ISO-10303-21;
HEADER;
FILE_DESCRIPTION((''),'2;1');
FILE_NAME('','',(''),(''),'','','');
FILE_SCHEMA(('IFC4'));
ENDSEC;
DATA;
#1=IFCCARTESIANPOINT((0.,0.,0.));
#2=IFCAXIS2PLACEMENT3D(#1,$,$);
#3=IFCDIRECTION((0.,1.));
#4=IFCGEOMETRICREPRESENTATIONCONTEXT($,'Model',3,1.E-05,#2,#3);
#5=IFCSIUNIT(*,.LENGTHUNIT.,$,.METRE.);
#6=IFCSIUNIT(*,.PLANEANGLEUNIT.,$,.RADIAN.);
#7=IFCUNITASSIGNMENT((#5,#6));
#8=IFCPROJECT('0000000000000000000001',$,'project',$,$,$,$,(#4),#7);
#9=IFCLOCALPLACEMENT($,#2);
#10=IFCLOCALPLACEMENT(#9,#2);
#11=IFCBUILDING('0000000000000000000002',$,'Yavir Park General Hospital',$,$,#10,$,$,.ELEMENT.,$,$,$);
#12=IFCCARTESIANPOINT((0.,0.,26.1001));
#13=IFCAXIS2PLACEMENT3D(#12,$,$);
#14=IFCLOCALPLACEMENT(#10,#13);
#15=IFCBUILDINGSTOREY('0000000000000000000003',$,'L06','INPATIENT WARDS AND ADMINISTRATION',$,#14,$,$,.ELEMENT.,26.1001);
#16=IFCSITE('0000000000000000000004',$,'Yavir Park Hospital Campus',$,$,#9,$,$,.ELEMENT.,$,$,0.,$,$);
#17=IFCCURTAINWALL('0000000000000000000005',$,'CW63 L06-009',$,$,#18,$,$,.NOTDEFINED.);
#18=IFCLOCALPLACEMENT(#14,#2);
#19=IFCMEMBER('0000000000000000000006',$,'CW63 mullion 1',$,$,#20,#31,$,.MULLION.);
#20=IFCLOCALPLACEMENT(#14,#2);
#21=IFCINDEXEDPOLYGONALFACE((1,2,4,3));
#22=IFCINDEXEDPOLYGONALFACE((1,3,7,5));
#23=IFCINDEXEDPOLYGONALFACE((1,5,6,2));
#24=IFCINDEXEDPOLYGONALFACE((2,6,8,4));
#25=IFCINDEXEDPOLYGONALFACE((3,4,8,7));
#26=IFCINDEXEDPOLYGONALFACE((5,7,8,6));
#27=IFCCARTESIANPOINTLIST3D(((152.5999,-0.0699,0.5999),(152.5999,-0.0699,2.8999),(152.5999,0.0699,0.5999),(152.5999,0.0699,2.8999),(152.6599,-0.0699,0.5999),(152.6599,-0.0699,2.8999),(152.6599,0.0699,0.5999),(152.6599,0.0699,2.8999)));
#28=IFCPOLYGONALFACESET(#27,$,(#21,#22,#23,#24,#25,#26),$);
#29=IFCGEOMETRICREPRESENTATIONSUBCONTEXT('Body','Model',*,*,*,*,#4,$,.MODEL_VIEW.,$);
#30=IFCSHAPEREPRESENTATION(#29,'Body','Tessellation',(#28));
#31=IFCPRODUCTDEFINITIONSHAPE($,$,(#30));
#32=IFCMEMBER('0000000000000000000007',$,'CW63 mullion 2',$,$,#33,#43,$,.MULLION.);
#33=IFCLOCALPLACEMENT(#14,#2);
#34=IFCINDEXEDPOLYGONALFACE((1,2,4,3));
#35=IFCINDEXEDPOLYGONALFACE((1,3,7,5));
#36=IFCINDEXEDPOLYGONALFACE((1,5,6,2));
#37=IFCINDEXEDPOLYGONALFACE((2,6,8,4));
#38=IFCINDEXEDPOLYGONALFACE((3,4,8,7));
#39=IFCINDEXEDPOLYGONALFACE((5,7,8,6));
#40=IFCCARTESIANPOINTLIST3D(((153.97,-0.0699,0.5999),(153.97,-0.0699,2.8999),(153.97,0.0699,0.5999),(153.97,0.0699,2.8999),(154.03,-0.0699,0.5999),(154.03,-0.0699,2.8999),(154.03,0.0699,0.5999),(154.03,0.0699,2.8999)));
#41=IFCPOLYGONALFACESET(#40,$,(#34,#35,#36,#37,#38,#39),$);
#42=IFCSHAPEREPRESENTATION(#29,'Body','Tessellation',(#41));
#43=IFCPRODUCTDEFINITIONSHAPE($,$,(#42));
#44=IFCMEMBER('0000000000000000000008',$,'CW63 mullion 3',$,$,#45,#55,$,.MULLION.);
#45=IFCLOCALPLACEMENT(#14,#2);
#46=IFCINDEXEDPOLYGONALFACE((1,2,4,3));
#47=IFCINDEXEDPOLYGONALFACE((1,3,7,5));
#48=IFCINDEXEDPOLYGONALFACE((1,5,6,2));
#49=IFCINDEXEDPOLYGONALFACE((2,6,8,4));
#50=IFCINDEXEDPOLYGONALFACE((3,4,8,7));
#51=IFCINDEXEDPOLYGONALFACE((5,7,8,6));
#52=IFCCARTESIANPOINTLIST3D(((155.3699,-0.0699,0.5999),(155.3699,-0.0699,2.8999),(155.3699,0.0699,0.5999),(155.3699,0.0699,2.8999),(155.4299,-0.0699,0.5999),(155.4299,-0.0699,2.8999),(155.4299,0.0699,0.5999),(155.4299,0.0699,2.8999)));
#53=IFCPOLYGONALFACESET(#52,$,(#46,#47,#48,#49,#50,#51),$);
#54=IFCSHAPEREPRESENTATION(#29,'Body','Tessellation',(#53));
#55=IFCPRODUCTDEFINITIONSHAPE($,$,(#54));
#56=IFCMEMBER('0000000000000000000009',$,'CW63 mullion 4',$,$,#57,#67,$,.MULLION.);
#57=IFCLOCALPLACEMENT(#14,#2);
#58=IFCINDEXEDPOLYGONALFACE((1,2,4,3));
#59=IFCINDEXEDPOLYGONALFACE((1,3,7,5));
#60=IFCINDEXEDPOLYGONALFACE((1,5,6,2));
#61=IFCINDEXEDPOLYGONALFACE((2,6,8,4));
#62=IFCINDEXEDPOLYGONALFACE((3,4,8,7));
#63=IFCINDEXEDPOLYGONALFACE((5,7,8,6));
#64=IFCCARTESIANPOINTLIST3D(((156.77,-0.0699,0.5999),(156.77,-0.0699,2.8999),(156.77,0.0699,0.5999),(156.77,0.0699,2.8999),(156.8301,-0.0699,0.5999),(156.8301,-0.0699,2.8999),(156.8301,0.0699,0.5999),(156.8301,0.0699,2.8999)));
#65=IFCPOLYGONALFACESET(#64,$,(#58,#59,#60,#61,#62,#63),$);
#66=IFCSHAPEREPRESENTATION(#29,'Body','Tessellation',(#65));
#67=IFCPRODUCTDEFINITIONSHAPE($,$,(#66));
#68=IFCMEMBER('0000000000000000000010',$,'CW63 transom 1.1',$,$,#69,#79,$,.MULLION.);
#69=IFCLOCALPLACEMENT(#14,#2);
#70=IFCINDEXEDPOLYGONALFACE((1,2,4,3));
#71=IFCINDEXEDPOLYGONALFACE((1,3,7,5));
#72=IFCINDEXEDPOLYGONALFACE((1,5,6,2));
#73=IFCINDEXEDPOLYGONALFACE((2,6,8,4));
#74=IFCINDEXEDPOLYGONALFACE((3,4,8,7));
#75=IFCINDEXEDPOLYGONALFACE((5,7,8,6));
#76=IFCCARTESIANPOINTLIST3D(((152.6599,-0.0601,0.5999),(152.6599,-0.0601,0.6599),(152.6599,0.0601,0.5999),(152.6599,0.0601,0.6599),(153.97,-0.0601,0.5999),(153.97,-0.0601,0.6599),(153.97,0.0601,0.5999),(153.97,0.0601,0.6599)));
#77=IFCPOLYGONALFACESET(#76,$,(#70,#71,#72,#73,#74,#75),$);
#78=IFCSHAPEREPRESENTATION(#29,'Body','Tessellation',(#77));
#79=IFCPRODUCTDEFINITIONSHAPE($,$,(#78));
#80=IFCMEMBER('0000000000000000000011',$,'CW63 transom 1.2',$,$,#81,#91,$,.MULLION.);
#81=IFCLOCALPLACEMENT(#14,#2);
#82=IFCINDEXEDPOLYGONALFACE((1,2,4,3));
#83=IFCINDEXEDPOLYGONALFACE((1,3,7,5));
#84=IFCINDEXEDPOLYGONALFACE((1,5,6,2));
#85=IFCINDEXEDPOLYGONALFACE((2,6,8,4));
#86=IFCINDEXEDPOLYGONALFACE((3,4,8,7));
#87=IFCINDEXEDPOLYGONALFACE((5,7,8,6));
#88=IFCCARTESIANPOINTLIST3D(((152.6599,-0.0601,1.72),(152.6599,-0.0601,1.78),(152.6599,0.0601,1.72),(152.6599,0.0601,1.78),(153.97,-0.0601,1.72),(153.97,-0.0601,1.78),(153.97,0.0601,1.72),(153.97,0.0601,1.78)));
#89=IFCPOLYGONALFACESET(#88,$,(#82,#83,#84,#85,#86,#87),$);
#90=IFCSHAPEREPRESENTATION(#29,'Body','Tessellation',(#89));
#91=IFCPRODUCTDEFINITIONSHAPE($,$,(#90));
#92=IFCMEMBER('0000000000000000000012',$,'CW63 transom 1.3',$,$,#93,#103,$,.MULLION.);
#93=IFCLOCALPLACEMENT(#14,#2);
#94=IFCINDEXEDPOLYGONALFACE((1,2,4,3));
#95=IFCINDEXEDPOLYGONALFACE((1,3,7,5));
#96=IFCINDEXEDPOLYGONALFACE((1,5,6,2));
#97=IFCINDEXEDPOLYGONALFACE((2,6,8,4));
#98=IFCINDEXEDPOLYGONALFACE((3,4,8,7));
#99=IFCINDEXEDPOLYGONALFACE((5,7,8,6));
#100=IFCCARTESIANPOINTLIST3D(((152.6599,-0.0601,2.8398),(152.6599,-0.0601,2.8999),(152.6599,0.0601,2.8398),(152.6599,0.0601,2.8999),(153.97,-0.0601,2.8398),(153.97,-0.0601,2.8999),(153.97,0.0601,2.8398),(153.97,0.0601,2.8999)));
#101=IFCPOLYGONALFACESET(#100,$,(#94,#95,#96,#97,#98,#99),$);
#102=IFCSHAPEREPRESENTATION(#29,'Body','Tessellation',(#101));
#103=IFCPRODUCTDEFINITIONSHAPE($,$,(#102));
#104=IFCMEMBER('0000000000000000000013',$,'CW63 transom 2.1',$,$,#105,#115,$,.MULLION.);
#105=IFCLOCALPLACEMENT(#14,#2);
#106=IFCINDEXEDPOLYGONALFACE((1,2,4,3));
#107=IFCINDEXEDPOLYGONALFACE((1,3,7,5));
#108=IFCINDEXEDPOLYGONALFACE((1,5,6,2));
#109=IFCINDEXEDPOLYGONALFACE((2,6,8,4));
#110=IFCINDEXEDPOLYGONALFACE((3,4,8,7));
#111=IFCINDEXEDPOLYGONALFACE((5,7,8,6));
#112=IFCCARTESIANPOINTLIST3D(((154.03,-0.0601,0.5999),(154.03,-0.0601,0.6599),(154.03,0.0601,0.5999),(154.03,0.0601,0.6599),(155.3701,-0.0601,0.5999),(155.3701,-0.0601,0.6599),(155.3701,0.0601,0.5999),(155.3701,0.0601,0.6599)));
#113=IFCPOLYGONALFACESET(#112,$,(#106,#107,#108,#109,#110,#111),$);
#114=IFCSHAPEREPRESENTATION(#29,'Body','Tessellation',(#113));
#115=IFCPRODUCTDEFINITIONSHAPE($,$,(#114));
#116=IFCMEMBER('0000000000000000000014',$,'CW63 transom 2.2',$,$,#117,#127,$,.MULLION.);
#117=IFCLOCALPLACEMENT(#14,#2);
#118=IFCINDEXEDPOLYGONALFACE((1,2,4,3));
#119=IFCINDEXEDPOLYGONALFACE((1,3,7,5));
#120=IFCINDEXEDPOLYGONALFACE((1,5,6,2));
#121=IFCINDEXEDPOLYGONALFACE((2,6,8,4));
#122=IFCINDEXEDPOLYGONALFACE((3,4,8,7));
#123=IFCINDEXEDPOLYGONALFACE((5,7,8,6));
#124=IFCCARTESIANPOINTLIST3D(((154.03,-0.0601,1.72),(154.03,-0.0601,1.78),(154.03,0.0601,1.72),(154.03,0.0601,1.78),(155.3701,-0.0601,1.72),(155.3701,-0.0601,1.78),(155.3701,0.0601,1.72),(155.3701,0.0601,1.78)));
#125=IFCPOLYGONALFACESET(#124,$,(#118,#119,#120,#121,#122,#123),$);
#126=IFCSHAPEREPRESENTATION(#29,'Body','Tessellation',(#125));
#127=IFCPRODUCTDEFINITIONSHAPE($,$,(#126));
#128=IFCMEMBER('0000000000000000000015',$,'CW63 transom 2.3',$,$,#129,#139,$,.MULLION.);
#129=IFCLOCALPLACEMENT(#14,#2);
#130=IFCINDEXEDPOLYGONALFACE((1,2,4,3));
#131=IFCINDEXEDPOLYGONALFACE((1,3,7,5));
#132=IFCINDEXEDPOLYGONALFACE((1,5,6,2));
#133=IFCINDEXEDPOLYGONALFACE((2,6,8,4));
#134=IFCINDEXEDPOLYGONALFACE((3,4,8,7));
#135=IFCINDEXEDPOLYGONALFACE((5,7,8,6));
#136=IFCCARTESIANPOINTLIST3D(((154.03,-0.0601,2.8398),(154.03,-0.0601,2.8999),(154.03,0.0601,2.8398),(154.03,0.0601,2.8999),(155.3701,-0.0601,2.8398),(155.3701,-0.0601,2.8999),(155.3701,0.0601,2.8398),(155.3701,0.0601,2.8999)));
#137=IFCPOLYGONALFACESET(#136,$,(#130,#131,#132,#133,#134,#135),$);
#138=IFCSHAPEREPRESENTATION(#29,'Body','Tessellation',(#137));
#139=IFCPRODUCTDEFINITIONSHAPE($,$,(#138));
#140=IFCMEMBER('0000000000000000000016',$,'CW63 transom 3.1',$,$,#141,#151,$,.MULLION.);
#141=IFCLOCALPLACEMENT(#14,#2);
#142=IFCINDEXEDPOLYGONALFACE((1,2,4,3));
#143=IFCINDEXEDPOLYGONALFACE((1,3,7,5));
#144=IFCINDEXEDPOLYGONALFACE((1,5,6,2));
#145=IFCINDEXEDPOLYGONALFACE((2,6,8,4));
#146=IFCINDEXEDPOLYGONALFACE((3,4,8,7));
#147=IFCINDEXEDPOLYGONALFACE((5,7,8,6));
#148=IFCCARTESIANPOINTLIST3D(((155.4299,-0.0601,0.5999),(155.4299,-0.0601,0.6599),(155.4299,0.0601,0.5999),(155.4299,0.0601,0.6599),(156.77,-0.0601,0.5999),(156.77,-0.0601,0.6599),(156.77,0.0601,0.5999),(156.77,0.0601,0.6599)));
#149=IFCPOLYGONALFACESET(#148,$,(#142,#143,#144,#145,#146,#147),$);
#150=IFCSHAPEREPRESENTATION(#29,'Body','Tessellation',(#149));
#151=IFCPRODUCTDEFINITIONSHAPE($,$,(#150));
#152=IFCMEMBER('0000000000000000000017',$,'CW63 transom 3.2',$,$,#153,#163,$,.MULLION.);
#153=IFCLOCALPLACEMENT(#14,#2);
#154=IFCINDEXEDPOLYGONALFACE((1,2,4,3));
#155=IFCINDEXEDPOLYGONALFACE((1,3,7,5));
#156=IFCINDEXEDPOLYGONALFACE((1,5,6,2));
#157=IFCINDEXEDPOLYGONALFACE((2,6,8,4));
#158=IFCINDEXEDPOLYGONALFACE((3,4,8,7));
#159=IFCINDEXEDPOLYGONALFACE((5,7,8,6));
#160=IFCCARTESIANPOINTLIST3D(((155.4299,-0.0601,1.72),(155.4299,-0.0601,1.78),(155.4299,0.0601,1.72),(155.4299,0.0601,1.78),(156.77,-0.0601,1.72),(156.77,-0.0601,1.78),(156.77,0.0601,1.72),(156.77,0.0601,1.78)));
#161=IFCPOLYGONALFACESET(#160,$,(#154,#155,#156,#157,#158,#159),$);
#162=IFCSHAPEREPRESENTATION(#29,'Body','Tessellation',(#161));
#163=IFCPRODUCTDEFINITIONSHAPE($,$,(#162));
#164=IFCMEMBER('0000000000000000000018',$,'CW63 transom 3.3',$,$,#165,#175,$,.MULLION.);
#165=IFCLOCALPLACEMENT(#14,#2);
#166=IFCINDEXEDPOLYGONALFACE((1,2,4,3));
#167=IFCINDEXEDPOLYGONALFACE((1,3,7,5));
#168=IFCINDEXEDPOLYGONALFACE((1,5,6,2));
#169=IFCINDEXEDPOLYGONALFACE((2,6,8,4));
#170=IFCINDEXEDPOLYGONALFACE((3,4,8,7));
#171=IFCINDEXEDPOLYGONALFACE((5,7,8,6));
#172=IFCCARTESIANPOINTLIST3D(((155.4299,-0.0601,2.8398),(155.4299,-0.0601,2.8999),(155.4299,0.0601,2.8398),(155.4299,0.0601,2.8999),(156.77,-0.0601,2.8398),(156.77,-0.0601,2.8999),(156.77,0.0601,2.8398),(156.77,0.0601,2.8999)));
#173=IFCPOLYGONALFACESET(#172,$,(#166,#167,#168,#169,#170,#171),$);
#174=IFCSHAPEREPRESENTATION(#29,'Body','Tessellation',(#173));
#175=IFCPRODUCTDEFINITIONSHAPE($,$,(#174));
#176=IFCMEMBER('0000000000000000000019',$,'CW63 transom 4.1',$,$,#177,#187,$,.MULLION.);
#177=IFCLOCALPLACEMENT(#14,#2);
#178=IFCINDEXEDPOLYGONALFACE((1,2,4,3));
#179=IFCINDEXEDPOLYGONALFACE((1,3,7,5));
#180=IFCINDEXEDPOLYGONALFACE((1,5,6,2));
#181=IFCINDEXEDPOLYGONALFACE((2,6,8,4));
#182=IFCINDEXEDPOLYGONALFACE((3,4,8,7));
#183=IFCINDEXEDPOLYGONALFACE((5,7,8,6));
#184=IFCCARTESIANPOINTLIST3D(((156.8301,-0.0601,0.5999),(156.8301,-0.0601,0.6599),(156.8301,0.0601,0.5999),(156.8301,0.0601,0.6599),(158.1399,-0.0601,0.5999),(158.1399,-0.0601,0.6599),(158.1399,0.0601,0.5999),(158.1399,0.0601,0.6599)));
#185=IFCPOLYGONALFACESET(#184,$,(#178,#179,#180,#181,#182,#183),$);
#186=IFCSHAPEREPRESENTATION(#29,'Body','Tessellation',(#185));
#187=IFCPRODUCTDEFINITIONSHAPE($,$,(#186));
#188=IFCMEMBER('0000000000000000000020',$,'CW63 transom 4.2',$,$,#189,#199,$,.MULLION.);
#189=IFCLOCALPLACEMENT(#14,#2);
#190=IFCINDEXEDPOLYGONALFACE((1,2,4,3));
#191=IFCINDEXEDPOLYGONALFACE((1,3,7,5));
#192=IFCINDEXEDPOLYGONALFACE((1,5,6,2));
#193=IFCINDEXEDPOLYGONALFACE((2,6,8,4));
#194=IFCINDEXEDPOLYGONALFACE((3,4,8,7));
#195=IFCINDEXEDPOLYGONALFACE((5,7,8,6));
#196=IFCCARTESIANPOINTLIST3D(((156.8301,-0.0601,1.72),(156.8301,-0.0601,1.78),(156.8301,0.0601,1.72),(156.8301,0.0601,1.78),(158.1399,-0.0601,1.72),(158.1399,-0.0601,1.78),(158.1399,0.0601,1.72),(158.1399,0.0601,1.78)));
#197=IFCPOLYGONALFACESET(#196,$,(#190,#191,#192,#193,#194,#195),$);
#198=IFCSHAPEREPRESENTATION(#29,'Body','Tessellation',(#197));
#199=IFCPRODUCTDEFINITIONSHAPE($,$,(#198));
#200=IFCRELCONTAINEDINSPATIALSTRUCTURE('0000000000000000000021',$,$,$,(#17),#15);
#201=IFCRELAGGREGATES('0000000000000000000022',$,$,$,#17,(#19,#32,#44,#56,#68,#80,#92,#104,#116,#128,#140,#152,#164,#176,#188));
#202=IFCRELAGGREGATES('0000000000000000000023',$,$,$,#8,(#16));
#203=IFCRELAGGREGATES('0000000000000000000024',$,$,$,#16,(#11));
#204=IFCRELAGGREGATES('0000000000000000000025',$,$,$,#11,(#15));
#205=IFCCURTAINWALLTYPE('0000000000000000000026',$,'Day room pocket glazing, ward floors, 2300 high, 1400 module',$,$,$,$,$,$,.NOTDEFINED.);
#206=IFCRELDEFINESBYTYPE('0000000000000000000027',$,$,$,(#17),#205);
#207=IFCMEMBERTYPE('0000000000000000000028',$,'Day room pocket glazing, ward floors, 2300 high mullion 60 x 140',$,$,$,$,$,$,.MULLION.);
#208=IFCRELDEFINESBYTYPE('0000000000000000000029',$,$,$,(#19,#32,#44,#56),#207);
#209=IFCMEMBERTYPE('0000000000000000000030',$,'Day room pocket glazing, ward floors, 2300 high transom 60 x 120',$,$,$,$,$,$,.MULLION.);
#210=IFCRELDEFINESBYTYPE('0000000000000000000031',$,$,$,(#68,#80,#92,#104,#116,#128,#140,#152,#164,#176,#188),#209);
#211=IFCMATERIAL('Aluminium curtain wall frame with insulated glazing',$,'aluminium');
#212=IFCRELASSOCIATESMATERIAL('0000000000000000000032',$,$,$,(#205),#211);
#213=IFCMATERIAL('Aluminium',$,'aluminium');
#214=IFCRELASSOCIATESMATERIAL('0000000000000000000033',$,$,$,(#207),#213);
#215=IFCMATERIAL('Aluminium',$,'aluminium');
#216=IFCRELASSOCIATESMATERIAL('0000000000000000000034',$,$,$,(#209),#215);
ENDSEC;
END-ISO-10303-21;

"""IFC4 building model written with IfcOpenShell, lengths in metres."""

from ifc_helpers import new_model, si_unit, direction, frame, origin, origin_2d, place, context, subcontext, project, spatial, rectangle, extrude, material, material_profile, profile_set, type_object, element, aggregate, save


model = new_model("IFC4")

# Units and contexts
model_context = context("Model", 3, precision=1e-05, world=origin(), true_north=direction((0.0, 1.0)))
body_context = subcontext(model_context, "Body", "Model", "MODEL_VIEW")
ifc_project = project(units=[si_unit("LENGTHUNIT", "METRE"), si_unit("PLANEANGLEUNIT", "RADIAN")], contexts=[model_context])

# Site, building, storey
site_placement = place(None, origin())
site = spatial("IfcSite", under=ifc_project, at=site_placement, Name="Yavir Park Hospital Campus", CompositionType="ELEMENT", RefElevation=0.0)
building_placement = place(site_placement, origin())
building = spatial("IfcBuilding", under=site, at=building_placement, Name="Yavir Park General Hospital", CompositionType="ELEMENT")
storey_placement = place(building_placement, frame((0.0, 0.0, 26.1001)))
storey = spatial("IfcBuildingStorey", under=building, at=storey_placement, Name="L06", Description="INPATIENT WARDS AND ADMINISTRATION", CompositionType="ELEMENT", Elevation=26.1001)

# Curtain wall, members
ifc_material_1 = material(Name="Aluminium curtain wall frame with insulated glazing", Category="aluminium")
curtain_wall_type = type_object("IfcCurtainWallType", Name="Day room pocket glazing, ward floors, 2300 high, 1400 module", PredefinedType="NOTDEFINED", material=ifc_material_1)
curtain_wall_placement = place(storey_placement, origin())
curtain_wall = element("IfcCurtainWall", 1, at=curtain_wall_placement, inside=storey, type_object=curtain_wall_type, Name="CW63 L06-009", PredefinedType="NOTDEFINED")
ifc_material_2 = material(Name="Aluminium", Category="aluminium")
ifc_material_profile_1 = material_profile(ifc_material_2, rectangle(XDim=0.1399, YDim=0.0601, at=origin_2d()), Name="AL 60x140")
ifc_profile_set_1 = profile_set([ifc_material_profile_1], Name="Aluminium")
member_type_1 = type_object("IfcMemberType", Name="Day room pocket glazing, ward floors, 2300 high mullion 60 x 140", PredefinedType="MULLION", material=ifc_profile_set_1)
member_1_placement = place(storey_placement, frame((152.6299, 0.0, 0.5999), z_axis=(0.0, 0.0, 1.0), x_axis=(0.0, 1.0, 0.0)))
member_1 = element("IfcMember", 2, at=member_1_placement, type_object=member_type_1, Name="CW63 mullion 1", PredefinedType="MULLION", context=body_context, shape_type="SweptSolid", body=[
    extrude(rectangle(XDim=0.1399, YDim=0.0601, at=origin_2d()), origin(), (0.0, 0.0, 1.0), 2.3),
])
member_2_placement = place(storey_placement, frame((154.0, 0.0, 0.5999), z_axis=(0.0, 0.0, 1.0), x_axis=(0.0, 1.0, 0.0)))
member_2 = element("IfcMember", 3, at=member_2_placement, type_object=member_type_1, Name="CW63 mullion 2", PredefinedType="MULLION", context=body_context, shape_type="SweptSolid", body=[
    extrude(rectangle(XDim=0.1399, YDim=0.0601, at=origin_2d()), origin(), (0.0, 0.0, 1.0), 2.3),
])
member_3_placement = place(storey_placement, frame((155.3999, 0.0, 0.5999), z_axis=(0.0, 0.0, 1.0), x_axis=(0.0, 1.0, 0.0)))
member_3 = element("IfcMember", 4, at=member_3_placement, type_object=member_type_1, Name="CW63 mullion 3", PredefinedType="MULLION", context=body_context, shape_type="SweptSolid", body=[
    extrude(rectangle(XDim=0.1399, YDim=0.0601, at=origin_2d()), origin(), (0.0, 0.0, 1.0), 2.3),
])
member_4_placement = place(storey_placement, frame((156.8, 0.0, 0.5999), z_axis=(0.0, 0.0, 1.0), x_axis=(0.0, 1.0, 0.0)))
member_4 = element("IfcMember", 5, at=member_4_placement, type_object=member_type_1, Name="CW63 mullion 4", PredefinedType="MULLION", context=body_context, shape_type="SweptSolid", body=[
    extrude(rectangle(XDim=0.1399, YDim=0.0601, at=origin_2d()), origin(), (0.0, 0.0, 1.0), 2.3),
])
ifc_material_3 = material(Name="Aluminium", Category="aluminium")
ifc_material_profile_2 = material_profile(ifc_material_3, rectangle(XDim=0.1201, YDim=0.0601, at=origin_2d()), Name="AL 120x60")
ifc_profile_set_2 = profile_set([ifc_material_profile_2], Name="Aluminium")
member_type_2 = type_object("IfcMemberType", Name="Day room pocket glazing, ward floors, 2300 high transom 60 x 120", PredefinedType="MULLION", material=ifc_profile_set_2)
member_5_placement = place(storey_placement, frame((152.6599, 0.0, 0.6299), z_axis=(1.0, 0.0, 0.0), x_axis=(0.0, 1.0, 0.0)))
member_5 = element("IfcMember", 6, at=member_5_placement, type_object=member_type_2, Name="CW63 transom 1.1", PredefinedType="MULLION", context=body_context, shape_type="SweptSolid", body=[
    extrude(rectangle(XDim=0.1201, YDim=0.0601, at=origin_2d()), origin(), (0.0, 0.0, 1.0), 1.3101),
])
member_6_placement = place(storey_placement, frame((152.6599, 0.0, 1.75), z_axis=(1.0, 0.0, 0.0), x_axis=(0.0, 1.0, 0.0)))
member_6 = element("IfcMember", 7, at=member_6_placement, type_object=member_type_2, Name="CW63 transom 1.2", PredefinedType="MULLION", context=body_context, shape_type="SweptSolid", body=[
    extrude(rectangle(XDim=0.1201, YDim=0.0601, at=origin_2d()), origin(), (0.0, 0.0, 1.0), 1.3101),
])
member_7_placement = place(storey_placement, frame((152.6599, 0.0, 2.8699), z_axis=(1.0, 0.0, 0.0), x_axis=(0.0, 1.0, 0.0)))
member_7 = element("IfcMember", 8, at=member_7_placement, type_object=member_type_2, Name="CW63 transom 1.3", PredefinedType="MULLION", context=body_context, shape_type="SweptSolid", body=[
    extrude(rectangle(XDim=0.1201, YDim=0.0601, at=origin_2d()), origin(), (0.0, 0.0, 1.0), 1.3101),
])
member_8_placement = place(storey_placement, frame((154.03, 0.0, 0.6299), z_axis=(1.0, 0.0, 0.0), x_axis=(0.0, 1.0, 0.0)))
member_8 = element("IfcMember", 9, at=member_8_placement, type_object=member_type_2, Name="CW63 transom 2.1", PredefinedType="MULLION", context=body_context, shape_type="SweptSolid", body=[
    extrude(rectangle(XDim=0.1201, YDim=0.0601, at=origin_2d()), origin(), (0.0, 0.0, 1.0), 1.3401),
])
member_9_placement = place(storey_placement, frame((154.03, 0.0, 1.75), z_axis=(1.0, 0.0, 0.0), x_axis=(0.0, 1.0, 0.0)))
member_9 = element("IfcMember", 10, at=member_9_placement, type_object=member_type_2, Name="CW63 transom 2.2", PredefinedType="MULLION", context=body_context, shape_type="SweptSolid", body=[
    extrude(rectangle(XDim=0.1201, YDim=0.0601, at=origin_2d()), origin(), (0.0, 0.0, 1.0), 1.3401),
])
member_10_placement = place(storey_placement, frame((154.03, 0.0, 2.8699), z_axis=(1.0, 0.0, 0.0), x_axis=(0.0, 1.0, 0.0)))
member_10 = element("IfcMember", 11, at=member_10_placement, type_object=member_type_2, Name="CW63 transom 2.3", PredefinedType="MULLION", context=body_context, shape_type="SweptSolid", body=[
    extrude(rectangle(XDim=0.1201, YDim=0.0601, at=origin_2d()), origin(), (0.0, 0.0, 1.0), 1.3401),
])
member_11_placement = place(storey_placement, frame((155.4299, 0.0, 0.6299), z_axis=(1.0, 0.0, 0.0), x_axis=(0.0, 1.0, 0.0)))
member_11 = element("IfcMember", 12, at=member_11_placement, type_object=member_type_2, Name="CW63 transom 3.1", PredefinedType="MULLION", context=body_context, shape_type="SweptSolid", body=[
    extrude(rectangle(XDim=0.1201, YDim=0.0601, at=origin_2d()), origin(), (0.0, 0.0, 1.0), 1.3401),
])
member_12_placement = place(storey_placement, frame((155.4299, 0.0, 1.75), z_axis=(1.0, 0.0, 0.0), x_axis=(0.0, 1.0, 0.0)))
member_12 = element("IfcMember", 13, at=member_12_placement, type_object=member_type_2, Name="CW63 transom 3.2", PredefinedType="MULLION", context=body_context, shape_type="SweptSolid", body=[
    extrude(rectangle(XDim=0.1201, YDim=0.0601, at=origin_2d()), origin(), (0.0, 0.0, 1.0), 1.3401),
])
member_13_placement = place(storey_placement, frame((155.4299, 0.0, 2.8699), z_axis=(1.0, 0.0, 0.0), x_axis=(0.0, 1.0, 0.0)))
member_13 = element("IfcMember", 14, at=member_13_placement, type_object=member_type_2, Name="CW63 transom 3.3", PredefinedType="MULLION", context=body_context, shape_type="SweptSolid", body=[
    extrude(rectangle(XDim=0.1201, YDim=0.0601, at=origin_2d()), origin(), (0.0, 0.0, 1.0), 1.3401),
])
member_14_placement = place(storey_placement, frame((156.8301, 0.0, 0.6299), z_axis=(1.0, 0.0, 0.0), x_axis=(0.0, 1.0, 0.0)))
member_14 = element("IfcMember", 15, at=member_14_placement, type_object=member_type_2, Name="CW63 transom 4.1", PredefinedType="MULLION", context=body_context, shape_type="SweptSolid", body=[
    extrude(rectangle(XDim=0.1201, YDim=0.0601, at=origin_2d()), origin(), (0.0, 0.0, 1.0), 1.3098),
])
member_15_placement = place(storey_placement, frame((156.8301, 0.0, 1.75), z_axis=(1.0, 0.0, 0.0), x_axis=(0.0, 1.0, 0.0)))
member_15 = element("IfcMember", 16, at=member_15_placement, type_object=member_type_2, Name="CW63 transom 4.2", PredefinedType="MULLION", context=body_context, shape_type="SweptSolid", body=[
    extrude(rectangle(XDim=0.1201, YDim=0.0601, at=origin_2d()), origin(), (0.0, 0.0, 1.0), 1.3098),
])

aggregate(curtain_wall, [member_1, member_2, member_3, member_4, member_5, member_6, member_7, member_8, member_9, member_10, member_11, member_12, member_13, member_14, member_15])

save(model, "model.ifc")
